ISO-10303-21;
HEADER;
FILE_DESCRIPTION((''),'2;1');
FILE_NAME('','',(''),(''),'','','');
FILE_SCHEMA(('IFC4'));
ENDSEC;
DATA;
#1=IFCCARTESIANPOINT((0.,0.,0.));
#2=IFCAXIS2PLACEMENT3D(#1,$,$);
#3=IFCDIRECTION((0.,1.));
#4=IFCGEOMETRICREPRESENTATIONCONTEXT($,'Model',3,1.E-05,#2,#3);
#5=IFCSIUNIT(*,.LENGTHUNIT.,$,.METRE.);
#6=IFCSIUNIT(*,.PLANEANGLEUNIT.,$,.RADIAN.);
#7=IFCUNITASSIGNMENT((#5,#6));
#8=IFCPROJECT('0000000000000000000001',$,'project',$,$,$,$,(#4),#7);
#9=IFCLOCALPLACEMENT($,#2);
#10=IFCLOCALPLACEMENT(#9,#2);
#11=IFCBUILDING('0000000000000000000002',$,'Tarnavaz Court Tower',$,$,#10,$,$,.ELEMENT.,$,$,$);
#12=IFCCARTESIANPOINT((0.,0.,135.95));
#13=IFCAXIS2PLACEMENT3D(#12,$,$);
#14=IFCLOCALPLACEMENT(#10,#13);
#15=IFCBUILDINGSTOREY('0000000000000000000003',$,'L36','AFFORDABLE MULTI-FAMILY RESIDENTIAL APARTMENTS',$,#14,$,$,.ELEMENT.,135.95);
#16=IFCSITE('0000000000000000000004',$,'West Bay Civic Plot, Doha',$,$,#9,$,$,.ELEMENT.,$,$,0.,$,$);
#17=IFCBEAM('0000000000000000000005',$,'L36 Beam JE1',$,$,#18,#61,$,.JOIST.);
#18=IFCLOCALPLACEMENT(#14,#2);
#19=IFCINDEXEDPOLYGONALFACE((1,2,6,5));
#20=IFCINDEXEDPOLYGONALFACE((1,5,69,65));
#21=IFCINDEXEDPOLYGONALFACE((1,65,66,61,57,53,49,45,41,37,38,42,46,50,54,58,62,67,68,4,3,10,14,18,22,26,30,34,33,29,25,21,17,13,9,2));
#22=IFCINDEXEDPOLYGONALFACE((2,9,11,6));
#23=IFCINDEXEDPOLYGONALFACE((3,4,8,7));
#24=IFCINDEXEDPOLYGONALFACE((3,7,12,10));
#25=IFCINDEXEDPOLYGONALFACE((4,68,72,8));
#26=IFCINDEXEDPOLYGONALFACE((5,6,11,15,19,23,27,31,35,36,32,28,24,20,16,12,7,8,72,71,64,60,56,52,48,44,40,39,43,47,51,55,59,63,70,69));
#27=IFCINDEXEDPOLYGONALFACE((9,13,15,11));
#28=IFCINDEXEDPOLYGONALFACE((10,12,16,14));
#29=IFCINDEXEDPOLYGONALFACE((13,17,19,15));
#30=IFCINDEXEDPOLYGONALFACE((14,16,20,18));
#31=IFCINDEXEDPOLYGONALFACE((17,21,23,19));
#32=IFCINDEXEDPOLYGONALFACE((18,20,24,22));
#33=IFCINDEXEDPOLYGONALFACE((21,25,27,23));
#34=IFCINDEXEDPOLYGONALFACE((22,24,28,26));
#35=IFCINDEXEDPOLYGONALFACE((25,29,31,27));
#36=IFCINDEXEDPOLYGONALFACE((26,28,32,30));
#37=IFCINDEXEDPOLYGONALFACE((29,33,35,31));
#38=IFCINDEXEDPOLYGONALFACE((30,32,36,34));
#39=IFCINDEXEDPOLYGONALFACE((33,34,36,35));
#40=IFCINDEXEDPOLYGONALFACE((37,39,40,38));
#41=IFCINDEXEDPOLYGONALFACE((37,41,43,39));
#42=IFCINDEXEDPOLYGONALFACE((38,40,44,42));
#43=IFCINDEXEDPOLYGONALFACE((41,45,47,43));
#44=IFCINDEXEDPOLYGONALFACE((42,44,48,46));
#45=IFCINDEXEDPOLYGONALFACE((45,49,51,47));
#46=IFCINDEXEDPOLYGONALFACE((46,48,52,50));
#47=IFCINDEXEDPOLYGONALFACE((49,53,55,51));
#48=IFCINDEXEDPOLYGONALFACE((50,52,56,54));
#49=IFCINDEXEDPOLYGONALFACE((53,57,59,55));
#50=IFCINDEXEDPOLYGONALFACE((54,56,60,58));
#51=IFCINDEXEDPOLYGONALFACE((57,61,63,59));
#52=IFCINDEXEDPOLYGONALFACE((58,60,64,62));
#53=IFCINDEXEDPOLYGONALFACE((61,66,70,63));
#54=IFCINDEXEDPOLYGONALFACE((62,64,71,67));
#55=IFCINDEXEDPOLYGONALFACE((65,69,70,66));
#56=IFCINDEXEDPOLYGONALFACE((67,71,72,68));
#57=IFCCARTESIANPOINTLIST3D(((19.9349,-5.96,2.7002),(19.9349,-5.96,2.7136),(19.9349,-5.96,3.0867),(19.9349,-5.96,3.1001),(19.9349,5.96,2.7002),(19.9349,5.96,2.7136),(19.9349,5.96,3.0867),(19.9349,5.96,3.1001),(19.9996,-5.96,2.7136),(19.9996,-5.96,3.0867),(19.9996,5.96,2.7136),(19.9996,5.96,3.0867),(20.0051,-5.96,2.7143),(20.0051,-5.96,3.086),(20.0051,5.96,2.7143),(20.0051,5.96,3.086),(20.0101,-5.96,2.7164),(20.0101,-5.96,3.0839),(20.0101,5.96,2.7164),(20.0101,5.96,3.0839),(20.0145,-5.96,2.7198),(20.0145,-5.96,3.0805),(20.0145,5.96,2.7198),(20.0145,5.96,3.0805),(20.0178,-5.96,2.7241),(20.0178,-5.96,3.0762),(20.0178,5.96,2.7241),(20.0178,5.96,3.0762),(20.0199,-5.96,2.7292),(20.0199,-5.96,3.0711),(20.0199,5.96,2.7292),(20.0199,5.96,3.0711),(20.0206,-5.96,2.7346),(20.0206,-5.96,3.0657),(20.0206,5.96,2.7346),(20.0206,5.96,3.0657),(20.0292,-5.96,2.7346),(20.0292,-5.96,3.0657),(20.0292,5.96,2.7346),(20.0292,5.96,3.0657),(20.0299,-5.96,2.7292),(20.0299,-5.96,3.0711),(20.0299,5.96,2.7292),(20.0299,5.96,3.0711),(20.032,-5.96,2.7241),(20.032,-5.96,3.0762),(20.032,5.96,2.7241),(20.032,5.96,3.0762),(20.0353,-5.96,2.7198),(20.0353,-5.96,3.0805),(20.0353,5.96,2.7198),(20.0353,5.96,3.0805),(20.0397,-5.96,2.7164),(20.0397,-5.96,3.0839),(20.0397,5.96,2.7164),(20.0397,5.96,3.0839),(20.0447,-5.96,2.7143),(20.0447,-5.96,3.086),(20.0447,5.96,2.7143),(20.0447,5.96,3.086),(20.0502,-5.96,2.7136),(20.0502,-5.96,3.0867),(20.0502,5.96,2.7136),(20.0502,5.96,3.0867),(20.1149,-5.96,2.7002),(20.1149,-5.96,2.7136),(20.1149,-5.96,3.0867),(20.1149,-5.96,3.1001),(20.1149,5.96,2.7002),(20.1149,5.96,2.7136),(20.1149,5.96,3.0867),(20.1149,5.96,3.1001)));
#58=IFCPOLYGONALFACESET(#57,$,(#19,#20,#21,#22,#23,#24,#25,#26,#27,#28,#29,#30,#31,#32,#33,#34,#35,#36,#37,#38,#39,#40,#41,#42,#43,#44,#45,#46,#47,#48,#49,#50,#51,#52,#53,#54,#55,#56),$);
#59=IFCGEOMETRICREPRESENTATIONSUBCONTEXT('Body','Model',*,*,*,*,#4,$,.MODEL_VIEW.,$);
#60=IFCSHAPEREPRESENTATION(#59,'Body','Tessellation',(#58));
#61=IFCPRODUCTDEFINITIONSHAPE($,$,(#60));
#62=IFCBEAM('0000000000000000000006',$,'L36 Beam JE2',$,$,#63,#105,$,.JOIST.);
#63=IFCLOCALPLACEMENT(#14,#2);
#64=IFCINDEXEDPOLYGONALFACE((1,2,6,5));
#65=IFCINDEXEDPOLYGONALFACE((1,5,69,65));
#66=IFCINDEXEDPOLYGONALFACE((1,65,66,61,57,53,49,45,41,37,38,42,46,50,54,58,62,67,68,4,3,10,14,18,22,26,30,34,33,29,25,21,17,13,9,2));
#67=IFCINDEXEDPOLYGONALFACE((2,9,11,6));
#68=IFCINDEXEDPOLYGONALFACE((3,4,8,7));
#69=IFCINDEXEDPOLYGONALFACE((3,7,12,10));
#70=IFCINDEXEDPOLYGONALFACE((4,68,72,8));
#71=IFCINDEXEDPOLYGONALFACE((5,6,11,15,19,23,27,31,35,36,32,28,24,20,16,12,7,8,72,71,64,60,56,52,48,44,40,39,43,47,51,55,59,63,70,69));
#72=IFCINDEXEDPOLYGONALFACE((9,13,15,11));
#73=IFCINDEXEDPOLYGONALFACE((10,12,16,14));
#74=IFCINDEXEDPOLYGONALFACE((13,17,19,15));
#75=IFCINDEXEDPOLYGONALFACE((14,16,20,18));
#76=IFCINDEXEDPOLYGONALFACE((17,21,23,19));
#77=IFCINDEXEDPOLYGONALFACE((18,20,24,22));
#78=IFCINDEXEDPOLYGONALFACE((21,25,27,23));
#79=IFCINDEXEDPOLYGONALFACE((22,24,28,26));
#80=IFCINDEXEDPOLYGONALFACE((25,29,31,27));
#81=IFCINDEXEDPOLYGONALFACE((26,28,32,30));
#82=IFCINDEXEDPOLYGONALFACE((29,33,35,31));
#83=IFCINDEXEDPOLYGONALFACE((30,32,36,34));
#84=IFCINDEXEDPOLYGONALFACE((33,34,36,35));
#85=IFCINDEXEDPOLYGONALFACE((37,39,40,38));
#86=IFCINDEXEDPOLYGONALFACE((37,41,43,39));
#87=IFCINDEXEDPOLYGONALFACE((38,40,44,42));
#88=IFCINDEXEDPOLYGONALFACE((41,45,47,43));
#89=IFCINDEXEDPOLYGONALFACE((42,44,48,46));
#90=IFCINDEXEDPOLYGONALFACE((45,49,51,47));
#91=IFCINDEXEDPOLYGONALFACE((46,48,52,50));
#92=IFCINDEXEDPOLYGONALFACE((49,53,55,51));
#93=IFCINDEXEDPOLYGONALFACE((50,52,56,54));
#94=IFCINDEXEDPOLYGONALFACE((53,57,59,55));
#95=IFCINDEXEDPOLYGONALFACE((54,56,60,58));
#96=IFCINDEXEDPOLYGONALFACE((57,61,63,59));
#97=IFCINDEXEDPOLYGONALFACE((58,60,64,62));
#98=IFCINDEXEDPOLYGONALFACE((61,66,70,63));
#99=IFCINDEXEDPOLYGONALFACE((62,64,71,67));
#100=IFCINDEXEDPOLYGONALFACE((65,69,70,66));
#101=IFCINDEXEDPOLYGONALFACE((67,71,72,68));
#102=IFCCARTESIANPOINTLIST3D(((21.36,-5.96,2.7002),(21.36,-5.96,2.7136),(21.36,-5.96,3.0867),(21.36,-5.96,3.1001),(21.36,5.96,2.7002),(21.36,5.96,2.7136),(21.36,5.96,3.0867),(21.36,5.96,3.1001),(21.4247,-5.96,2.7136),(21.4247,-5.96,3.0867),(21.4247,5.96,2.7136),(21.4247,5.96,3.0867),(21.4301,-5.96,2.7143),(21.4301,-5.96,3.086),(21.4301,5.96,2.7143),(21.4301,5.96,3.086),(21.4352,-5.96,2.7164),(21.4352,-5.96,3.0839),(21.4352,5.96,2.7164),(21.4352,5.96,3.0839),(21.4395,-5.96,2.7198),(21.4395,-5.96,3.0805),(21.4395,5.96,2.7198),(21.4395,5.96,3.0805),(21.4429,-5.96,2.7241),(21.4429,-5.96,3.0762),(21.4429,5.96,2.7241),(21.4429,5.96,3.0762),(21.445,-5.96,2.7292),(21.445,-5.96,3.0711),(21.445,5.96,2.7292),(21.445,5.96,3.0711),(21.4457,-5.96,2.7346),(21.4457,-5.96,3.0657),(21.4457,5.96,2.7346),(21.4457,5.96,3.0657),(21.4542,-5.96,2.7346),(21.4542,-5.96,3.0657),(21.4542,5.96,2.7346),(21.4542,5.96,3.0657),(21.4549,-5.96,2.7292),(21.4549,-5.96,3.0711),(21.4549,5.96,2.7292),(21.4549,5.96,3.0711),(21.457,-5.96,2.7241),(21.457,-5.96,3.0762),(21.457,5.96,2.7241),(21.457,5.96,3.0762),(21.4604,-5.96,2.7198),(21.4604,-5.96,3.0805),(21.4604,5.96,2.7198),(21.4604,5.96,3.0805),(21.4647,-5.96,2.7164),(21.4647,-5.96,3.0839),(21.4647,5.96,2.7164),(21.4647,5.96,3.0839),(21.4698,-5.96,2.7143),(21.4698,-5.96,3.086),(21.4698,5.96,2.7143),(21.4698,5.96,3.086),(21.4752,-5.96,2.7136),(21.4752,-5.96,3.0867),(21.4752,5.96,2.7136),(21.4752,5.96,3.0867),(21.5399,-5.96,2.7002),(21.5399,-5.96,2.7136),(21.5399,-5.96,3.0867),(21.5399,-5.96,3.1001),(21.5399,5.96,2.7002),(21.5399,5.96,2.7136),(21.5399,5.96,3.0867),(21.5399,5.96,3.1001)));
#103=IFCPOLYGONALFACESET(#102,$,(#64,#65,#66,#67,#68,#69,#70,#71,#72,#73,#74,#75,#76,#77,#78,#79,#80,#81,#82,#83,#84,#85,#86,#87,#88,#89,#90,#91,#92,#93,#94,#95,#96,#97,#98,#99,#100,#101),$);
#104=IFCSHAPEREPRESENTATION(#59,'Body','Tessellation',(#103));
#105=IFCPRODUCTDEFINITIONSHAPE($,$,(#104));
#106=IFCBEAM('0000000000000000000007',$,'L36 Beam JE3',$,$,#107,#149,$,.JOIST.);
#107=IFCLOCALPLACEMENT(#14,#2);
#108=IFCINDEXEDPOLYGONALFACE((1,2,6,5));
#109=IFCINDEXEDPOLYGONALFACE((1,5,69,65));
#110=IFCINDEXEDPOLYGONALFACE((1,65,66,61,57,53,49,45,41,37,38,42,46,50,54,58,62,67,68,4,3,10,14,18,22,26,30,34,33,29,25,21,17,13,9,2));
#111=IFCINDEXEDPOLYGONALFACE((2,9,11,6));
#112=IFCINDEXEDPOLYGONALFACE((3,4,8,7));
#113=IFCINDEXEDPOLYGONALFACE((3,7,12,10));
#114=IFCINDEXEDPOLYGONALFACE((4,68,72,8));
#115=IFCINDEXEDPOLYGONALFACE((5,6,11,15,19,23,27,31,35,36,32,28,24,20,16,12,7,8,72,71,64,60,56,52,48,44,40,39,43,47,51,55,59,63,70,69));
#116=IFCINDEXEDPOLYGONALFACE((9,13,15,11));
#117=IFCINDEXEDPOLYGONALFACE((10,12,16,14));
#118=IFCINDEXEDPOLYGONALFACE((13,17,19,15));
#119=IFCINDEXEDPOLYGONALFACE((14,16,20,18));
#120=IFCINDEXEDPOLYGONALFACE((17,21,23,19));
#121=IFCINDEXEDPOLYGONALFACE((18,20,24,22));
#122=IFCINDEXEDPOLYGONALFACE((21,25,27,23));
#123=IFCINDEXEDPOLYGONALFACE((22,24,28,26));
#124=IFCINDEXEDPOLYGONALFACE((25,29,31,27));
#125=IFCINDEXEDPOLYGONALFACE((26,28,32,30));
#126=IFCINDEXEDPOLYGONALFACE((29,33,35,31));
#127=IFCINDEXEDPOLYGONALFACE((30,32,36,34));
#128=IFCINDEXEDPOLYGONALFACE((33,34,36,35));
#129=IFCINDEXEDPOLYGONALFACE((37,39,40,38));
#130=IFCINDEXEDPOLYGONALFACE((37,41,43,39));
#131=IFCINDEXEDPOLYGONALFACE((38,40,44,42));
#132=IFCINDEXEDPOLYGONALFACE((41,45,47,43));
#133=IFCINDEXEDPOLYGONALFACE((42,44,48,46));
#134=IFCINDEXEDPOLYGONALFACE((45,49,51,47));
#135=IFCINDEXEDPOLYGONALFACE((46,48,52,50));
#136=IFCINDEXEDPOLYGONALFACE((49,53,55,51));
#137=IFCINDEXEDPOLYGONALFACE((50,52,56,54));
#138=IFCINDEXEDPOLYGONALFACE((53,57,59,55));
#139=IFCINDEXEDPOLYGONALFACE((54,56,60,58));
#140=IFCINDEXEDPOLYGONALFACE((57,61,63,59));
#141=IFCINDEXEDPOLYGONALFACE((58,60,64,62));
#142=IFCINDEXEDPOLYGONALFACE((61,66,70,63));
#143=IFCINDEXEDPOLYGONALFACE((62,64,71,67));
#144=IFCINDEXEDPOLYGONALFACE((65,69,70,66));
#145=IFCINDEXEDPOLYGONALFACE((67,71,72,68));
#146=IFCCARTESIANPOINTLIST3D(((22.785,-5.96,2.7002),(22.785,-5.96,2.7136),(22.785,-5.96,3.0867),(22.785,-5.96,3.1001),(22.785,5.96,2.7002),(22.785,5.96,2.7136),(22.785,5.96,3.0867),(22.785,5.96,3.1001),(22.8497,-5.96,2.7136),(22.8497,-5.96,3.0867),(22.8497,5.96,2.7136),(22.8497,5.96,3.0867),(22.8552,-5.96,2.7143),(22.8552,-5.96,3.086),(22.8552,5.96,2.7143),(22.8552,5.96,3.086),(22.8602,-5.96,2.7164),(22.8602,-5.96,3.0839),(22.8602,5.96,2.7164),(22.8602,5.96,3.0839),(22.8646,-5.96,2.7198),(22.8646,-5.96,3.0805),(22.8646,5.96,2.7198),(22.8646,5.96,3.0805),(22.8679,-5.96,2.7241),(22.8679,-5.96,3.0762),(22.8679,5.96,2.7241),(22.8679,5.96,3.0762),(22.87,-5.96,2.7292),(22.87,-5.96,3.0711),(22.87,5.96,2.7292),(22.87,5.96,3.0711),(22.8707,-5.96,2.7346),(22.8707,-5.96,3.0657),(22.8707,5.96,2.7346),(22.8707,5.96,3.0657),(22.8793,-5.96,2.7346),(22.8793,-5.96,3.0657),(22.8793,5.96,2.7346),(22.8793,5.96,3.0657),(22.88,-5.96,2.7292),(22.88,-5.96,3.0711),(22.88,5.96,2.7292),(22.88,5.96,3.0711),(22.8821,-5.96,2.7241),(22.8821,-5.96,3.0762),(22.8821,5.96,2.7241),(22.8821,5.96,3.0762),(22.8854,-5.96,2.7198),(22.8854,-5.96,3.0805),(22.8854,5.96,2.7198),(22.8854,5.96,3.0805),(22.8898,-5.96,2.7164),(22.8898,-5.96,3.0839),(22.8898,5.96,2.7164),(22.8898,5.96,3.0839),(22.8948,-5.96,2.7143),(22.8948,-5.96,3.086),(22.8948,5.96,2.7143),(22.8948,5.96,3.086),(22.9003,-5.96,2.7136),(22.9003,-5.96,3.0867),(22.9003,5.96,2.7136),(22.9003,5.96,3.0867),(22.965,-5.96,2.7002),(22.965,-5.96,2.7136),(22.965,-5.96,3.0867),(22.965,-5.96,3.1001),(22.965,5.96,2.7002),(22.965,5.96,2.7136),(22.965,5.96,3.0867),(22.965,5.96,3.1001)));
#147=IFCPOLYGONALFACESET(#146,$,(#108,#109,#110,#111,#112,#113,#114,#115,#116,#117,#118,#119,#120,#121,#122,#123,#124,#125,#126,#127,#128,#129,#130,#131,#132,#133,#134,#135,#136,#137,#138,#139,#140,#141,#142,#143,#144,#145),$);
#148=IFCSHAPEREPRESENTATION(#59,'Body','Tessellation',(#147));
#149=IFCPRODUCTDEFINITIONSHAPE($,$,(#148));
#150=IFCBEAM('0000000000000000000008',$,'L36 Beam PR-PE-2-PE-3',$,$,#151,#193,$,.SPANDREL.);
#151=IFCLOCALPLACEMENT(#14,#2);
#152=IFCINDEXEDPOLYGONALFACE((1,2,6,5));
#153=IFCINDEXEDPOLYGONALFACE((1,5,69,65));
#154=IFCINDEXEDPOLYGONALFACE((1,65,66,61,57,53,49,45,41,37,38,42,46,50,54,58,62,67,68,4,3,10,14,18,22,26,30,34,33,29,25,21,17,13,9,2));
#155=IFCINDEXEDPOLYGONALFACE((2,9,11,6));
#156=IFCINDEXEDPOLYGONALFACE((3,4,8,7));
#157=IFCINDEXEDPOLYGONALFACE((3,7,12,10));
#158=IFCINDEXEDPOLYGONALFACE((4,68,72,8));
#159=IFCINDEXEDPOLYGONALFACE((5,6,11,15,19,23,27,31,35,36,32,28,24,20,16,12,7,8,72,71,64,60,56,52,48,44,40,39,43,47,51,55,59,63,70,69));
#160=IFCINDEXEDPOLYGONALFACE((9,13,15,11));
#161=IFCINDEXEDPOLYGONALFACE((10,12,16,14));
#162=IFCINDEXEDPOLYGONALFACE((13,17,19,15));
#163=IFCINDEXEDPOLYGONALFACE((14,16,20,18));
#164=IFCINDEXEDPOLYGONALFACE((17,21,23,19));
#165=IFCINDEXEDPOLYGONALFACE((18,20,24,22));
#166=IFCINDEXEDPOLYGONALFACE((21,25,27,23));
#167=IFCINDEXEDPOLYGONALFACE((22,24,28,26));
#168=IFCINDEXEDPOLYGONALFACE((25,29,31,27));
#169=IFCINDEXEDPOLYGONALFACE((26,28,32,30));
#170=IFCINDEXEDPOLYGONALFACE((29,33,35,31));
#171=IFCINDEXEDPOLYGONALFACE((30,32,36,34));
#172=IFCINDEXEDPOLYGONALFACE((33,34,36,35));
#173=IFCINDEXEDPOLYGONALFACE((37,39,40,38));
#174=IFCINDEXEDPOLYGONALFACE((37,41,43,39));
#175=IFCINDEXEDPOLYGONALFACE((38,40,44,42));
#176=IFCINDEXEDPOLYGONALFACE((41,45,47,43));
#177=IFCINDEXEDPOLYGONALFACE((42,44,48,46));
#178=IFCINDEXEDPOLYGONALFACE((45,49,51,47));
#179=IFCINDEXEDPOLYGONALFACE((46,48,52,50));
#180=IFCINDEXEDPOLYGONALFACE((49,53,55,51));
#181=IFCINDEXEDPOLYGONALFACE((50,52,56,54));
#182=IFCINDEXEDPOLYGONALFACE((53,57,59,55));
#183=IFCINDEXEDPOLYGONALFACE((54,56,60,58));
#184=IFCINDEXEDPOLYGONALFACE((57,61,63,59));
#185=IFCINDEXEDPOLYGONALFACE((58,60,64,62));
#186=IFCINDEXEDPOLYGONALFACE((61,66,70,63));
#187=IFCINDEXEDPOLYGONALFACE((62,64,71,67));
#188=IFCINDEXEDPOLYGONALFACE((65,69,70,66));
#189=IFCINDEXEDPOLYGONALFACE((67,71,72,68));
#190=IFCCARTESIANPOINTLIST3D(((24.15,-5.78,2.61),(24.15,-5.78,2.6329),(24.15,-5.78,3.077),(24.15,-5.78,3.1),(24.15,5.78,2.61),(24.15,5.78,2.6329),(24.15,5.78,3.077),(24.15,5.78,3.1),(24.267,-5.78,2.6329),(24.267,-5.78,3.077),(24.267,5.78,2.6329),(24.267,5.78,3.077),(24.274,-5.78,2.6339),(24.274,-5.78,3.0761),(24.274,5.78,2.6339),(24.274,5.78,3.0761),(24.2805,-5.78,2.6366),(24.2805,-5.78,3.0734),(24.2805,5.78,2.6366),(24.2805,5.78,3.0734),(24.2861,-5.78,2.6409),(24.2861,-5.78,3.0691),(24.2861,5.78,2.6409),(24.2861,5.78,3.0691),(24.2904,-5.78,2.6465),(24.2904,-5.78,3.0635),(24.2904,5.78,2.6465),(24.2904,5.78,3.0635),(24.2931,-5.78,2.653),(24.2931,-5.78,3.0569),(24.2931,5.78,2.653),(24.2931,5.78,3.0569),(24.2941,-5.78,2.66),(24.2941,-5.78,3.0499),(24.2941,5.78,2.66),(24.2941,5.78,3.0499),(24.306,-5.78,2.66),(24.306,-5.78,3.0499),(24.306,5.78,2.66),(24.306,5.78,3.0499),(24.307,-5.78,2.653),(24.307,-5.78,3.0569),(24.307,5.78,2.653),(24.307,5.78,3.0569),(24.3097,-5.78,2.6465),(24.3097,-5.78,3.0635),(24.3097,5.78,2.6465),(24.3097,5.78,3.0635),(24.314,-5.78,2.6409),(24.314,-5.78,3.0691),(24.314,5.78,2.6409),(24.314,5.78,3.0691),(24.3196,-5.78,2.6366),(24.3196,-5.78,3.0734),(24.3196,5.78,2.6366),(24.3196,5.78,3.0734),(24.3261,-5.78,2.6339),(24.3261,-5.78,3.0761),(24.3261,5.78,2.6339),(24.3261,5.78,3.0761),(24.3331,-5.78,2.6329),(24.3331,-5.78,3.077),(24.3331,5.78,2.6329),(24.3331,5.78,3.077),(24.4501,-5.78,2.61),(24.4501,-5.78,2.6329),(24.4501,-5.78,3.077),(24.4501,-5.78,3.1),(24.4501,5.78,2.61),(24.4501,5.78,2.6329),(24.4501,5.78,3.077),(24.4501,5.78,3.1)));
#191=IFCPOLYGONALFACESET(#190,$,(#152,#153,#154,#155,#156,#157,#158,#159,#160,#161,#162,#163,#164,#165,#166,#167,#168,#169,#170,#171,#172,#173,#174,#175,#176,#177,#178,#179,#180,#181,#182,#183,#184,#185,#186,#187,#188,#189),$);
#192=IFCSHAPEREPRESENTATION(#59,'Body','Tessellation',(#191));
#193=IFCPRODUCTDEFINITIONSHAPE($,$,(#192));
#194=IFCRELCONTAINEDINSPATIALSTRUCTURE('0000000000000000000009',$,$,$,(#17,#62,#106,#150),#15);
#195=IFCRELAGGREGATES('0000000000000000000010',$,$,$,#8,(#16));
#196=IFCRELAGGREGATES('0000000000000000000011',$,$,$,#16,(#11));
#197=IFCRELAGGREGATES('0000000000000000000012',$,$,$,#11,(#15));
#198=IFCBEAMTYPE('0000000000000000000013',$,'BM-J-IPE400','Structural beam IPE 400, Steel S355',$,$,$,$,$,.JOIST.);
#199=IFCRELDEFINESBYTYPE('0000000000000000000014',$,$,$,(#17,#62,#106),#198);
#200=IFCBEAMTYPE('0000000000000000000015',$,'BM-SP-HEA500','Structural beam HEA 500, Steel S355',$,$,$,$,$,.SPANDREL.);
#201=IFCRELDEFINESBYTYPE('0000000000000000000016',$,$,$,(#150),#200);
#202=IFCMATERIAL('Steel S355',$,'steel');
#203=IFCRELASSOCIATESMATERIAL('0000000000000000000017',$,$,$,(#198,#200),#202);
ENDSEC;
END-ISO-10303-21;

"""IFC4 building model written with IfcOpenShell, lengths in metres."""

from ifc_helpers import new_model, si_unit, direction, frame, origin, origin_2d, place, context, subcontext, project, spatial, i_section, extrude, material, material_profile, profile_set, type_object, element, save


model = new_model("IFC4")

# Units and contexts
model_context = context("Model", 3, precision=1e-05, world=origin(), true_north=direction((0.0, 1.0)))
body_context = subcontext(model_context, "Body", "Model", "MODEL_VIEW")
ifc_project = project(units=[si_unit("LENGTHUNIT", "METRE"), si_unit("PLANEANGLEUNIT", "RADIAN")], contexts=[model_context])

# Site, building, storey
site_placement = place(None, origin())
site = spatial("IfcSite", under=ifc_project, at=site_placement, Name="West Bay Civic Plot, Doha", CompositionType="ELEMENT", RefElevation=0.0)
building_placement = place(site_placement, origin())
building = spatial("IfcBuilding", under=site, at=building_placement, Name="Tarnavaz Court Tower", CompositionType="ELEMENT")
storey_placement = place(building_placement, frame((0.0, 0.0, 135.95)))
storey = spatial("IfcBuildingStorey", under=building, at=storey_placement, Name="L36", Description="AFFORDABLE MULTI-FAMILY RESIDENTIAL APARTMENTS", CompositionType="ELEMENT", Elevation=135.95)

# Beams
ifc_material_1 = material(Name="Steel S355", Category="steel")
ifc_material_profile_1 = material_profile(ifc_material_1, i_section(OverallWidth=0.1799, OverallDepth=0.3999, WebThickness=0.0085, FlangeThickness=0.0134, FilletRadius=0.021, at=origin_2d()), Name="IPE 400")
ifc_profile_set_1 = profile_set([ifc_material_profile_1], Name="Steel S355")
beam_type_1 = type_object("IfcBeamType", Name="BM-J-IPE400", Description="Structural beam IPE 400, Steel S355", PredefinedType="JOIST", material=ifc_profile_set_1)
for number, where, z_axis, x_axis, name in (
    (1, (20.0249, -5.96, 2.9001), (0.0, 1.0, 0.0), (-1.0, 0.0, 0.0), "L36 Beam JE1"),
    (2, (21.45, -5.96, 2.9001), (0.0, 1.0, 0.0), (-1.0, 0.0, 0.0), "L36 Beam JE2"),
    (3, (22.875, -5.96, 2.9001), (0.0, 1.0, 0.0), (-1.0, 0.0, 0.0), "L36 Beam JE3"),
):
    element("IfcBeam", number, at=place(storey_placement, frame(where, z_axis=z_axis, x_axis=x_axis)), inside=storey, type_object=beam_type_1, Name=name, PredefinedType="JOIST", context=body_context, shape_type="SweptSolid", body=[
        extrude(i_section(OverallWidth=0.1799, OverallDepth=0.3999, WebThickness=0.0085, FlangeThickness=0.0134, FilletRadius=0.021, at=origin_2d()), origin(), (0.0, 0.0, 1.0), 11.9199),
    ])
ifc_material_profile_2 = material_profile(ifc_material_1, i_section(OverallWidth=0.3, OverallDepth=0.49, WebThickness=0.012, FlangeThickness=0.0229, FilletRadius=0.0271, at=origin_2d()), Name="HEA 500")
ifc_profile_set_2 = profile_set([ifc_material_profile_2], Name="Steel S355")
beam_type_2 = type_object("IfcBeamType", Name="BM-SP-HEA500", Description="Structural beam HEA 500, Steel S355", PredefinedType="SPANDREL", material=ifc_profile_set_2)
beam_1_placement = place(storey_placement, frame((24.3, -5.78, 2.855), z_axis=(0.0, 1.0, 0.0), x_axis=(-1.0, 0.0, 0.0)))
element("IfcBeam", 4, at=beam_1_placement, inside=storey, type_object=beam_type_2, Name="L36 Beam PR-PE-2-PE-3", PredefinedType="SPANDREL", context=body_context, shape_type="SweptSolid", body=[
    extrude(i_section(OverallWidth=0.3, OverallDepth=0.49, WebThickness=0.012, FlangeThickness=0.0229, FilletRadius=0.0271, at=origin_2d()), origin(), (0.0, 0.0, 1.0), 11.5601),
])

save(model, "model.ifc")
